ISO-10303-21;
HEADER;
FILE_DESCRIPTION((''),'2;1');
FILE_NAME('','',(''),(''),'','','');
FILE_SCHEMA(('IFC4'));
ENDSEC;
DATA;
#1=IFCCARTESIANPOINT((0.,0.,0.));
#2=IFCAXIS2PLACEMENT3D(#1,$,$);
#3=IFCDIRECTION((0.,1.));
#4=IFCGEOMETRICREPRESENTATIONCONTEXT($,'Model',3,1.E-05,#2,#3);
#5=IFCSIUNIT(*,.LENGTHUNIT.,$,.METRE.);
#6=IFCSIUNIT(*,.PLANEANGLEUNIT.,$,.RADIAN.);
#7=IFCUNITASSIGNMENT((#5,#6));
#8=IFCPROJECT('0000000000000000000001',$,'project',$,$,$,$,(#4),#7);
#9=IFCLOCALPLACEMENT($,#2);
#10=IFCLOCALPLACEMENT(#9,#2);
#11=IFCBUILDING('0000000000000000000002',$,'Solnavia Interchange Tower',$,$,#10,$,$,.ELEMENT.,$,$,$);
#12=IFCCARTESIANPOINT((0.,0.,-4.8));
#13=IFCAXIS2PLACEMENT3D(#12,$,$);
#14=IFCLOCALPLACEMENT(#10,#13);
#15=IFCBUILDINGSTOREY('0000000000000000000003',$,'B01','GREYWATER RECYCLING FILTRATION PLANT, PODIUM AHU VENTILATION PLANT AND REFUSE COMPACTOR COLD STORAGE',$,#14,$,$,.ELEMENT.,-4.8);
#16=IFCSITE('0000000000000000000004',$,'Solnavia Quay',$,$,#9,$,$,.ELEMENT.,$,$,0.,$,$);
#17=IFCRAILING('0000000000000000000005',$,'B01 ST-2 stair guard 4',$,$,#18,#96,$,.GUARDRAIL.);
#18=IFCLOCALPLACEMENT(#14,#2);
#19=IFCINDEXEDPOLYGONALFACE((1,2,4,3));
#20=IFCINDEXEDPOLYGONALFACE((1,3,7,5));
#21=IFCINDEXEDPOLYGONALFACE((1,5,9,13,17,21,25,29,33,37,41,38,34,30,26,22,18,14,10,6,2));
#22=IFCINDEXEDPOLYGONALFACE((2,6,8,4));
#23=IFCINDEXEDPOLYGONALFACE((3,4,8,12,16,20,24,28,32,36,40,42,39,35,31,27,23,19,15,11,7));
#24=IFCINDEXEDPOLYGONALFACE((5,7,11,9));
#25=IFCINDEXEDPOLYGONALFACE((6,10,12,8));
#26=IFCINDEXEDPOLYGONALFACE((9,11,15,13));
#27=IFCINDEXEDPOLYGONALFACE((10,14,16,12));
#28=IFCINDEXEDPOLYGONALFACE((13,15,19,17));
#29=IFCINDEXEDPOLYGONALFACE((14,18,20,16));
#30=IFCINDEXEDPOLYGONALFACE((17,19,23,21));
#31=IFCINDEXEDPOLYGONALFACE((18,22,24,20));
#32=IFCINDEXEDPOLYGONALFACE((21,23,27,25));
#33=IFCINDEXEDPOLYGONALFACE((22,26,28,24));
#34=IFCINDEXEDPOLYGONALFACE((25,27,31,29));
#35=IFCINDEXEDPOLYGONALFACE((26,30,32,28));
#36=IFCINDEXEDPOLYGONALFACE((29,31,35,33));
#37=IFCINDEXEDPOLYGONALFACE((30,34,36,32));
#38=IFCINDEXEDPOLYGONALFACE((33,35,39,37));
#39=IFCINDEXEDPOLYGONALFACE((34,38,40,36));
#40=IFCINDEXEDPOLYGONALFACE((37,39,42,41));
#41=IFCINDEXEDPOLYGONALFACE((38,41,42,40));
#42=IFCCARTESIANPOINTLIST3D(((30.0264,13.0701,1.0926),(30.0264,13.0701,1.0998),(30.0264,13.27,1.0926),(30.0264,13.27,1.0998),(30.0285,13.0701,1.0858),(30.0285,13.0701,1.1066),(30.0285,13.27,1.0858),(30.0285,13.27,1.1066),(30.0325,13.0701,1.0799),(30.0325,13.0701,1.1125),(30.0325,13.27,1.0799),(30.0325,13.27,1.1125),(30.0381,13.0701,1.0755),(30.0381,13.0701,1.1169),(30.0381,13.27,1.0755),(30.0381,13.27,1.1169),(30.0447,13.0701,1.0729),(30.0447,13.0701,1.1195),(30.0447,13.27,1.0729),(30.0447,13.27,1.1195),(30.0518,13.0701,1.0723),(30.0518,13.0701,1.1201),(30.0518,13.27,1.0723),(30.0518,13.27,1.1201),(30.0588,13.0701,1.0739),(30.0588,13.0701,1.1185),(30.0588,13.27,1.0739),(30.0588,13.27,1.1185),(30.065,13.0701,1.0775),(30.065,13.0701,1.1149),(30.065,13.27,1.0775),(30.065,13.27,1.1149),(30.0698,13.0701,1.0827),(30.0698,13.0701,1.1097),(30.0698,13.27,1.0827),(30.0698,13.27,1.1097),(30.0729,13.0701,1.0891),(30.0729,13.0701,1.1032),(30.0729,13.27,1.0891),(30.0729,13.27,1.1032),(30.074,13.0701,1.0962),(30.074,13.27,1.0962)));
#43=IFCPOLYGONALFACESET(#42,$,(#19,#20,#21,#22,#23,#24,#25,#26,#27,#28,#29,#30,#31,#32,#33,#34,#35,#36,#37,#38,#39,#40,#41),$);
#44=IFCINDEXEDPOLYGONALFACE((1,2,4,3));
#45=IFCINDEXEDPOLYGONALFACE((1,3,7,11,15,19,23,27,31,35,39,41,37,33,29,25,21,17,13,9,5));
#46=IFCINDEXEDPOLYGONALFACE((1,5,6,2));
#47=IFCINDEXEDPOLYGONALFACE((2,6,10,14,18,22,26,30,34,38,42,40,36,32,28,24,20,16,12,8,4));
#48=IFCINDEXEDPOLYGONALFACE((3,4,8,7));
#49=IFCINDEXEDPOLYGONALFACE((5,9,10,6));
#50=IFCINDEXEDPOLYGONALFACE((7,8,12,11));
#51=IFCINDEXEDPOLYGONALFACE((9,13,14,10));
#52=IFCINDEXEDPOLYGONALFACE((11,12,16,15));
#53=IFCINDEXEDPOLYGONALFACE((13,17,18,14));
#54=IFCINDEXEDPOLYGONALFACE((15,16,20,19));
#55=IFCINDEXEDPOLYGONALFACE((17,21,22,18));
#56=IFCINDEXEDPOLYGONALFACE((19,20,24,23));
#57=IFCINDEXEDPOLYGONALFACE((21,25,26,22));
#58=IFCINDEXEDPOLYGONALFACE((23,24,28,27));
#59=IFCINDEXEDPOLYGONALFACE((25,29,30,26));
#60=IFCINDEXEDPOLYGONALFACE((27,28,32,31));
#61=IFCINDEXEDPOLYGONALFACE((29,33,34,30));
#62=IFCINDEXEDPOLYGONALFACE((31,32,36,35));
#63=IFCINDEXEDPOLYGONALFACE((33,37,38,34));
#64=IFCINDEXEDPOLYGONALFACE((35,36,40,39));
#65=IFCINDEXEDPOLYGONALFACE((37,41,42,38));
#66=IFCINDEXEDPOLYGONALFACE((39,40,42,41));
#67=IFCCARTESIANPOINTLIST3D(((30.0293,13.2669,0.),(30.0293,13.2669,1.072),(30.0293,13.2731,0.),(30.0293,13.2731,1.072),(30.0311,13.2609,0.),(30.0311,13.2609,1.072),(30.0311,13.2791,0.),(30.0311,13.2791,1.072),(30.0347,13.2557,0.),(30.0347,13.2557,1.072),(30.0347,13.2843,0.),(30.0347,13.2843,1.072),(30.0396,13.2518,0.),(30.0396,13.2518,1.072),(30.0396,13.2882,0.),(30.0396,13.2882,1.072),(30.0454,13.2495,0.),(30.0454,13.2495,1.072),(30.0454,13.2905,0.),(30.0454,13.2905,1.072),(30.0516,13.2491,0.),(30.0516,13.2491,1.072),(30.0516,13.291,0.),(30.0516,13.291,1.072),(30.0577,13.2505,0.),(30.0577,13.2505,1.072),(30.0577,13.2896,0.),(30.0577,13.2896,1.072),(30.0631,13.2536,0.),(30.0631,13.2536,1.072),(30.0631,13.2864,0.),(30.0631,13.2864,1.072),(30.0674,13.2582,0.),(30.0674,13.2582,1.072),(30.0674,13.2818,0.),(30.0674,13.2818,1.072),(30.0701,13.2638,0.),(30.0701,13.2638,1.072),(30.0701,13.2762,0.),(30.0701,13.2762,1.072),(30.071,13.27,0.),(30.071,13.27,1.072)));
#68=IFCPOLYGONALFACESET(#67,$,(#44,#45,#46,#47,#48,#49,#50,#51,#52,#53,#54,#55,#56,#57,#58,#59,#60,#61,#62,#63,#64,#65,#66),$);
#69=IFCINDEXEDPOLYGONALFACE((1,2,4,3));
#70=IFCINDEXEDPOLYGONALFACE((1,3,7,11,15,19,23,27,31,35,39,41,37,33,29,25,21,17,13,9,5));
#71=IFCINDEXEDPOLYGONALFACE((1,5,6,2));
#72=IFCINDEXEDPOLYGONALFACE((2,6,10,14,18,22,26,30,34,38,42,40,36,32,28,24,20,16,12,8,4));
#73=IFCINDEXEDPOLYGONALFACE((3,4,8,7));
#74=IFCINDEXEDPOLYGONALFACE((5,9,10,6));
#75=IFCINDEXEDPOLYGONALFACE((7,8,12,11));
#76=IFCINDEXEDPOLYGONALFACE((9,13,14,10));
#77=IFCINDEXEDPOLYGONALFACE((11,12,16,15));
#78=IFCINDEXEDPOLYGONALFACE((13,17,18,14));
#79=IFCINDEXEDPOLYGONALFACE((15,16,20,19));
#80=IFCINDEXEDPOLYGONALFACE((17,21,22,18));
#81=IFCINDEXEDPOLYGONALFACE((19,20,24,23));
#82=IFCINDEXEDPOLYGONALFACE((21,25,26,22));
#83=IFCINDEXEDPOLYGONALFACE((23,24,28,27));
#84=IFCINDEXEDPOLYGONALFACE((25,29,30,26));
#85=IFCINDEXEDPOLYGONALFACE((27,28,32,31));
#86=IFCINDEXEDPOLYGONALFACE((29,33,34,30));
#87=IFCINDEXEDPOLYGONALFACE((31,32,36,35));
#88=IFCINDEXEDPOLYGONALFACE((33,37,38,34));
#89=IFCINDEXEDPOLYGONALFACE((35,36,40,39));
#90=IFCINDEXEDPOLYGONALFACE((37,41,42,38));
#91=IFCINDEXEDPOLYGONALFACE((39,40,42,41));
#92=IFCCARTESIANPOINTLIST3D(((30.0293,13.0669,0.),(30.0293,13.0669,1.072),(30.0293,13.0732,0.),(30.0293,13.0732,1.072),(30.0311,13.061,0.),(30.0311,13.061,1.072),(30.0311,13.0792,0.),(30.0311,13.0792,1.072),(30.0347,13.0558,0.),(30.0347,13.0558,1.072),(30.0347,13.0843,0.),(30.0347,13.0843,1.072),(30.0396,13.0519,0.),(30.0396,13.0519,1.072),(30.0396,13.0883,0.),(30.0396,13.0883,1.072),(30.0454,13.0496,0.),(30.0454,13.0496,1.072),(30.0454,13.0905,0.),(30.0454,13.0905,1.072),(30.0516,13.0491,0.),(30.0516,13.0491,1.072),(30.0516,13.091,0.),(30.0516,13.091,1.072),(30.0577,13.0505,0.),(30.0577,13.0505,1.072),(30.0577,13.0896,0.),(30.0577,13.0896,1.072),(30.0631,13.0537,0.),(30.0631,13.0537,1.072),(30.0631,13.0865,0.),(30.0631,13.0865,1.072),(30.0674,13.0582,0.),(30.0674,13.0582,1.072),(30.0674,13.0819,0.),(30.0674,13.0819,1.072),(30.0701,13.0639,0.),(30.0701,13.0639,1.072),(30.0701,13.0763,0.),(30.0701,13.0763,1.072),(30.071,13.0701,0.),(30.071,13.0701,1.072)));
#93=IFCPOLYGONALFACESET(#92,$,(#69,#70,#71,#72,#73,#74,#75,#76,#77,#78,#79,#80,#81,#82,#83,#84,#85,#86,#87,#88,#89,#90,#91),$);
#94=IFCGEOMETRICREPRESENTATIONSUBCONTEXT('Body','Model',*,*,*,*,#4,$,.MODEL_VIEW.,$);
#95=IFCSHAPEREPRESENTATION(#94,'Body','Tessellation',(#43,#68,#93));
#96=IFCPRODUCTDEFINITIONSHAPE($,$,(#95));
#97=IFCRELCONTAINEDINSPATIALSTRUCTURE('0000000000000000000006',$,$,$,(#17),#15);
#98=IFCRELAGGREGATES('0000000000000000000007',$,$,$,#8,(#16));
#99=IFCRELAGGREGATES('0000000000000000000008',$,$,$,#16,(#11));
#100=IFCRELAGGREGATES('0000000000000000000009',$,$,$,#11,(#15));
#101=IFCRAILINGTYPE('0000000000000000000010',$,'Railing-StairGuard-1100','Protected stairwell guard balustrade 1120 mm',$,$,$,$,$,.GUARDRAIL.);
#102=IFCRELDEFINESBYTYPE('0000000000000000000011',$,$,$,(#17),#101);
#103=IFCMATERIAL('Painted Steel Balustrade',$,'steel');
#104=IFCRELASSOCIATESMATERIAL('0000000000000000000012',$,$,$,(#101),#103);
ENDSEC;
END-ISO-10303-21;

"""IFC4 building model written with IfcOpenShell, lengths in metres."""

from ifc_helpers import new_model, si_unit, direction, frame, origin, origin_2d, place, context, subcontext, project, spatial, circle, extrude, material, type_object, element, save


model = new_model("IFC4")

# Units and contexts
model_context = context("Model", 3, precision=1e-05, world=origin(), true_north=direction((0.0, 1.0)))
body_context = subcontext(model_context, "Body", "Model", "MODEL_VIEW")
ifc_project = project(units=[si_unit("LENGTHUNIT", "METRE"), si_unit("PLANEANGLEUNIT", "RADIAN")], contexts=[model_context])

# Site, building, storey
site_placement = place(None, origin())
site = spatial("IfcSite", under=ifc_project, at=site_placement, Name="Solnavia Quay", CompositionType="ELEMENT", RefElevation=0.0)
building_placement = place(site_placement, origin())
building = spatial("IfcBuilding", under=site, at=building_placement, Name="Solnavia Interchange Tower", CompositionType="ELEMENT")
storey_placement = place(building_placement, frame((0.0, 0.0, -4.8)))
storey = spatial("IfcBuildingStorey", under=building, at=storey_placement, Name="B01", Description="GREYWATER RECYCLING FILTRATION PLANT, PODIUM AHU VENTILATION PLANT AND REFUSE COMPACTOR COLD STORAGE", CompositionType="ELEMENT", Elevation=-4.8)

# Railing
ifc_material_1 = material(Name="Painted Steel Balustrade", Category="steel")
railing_type_1 = type_object("IfcRailingType", Name="Railing-StairGuard-1100", Description="Protected stairwell guard balustrade 1120 mm", PredefinedType="GUARDRAIL", material=ifc_material_1)
railing_1_placement = place(storey_placement, frame((30.05, 13.27, 0.0)))
element("IfcRailing", 1, at=railing_1_placement, inside=storey, type_object=railing_type_1, Name="B01 ST-2 stair guard 4", PredefinedType="GUARDRAIL", context=body_context, shape_type="SweptSolid", body=[
    extrude(circle(Radius=0.0239, at=origin_2d()), frame((0.0, 0.0, 1.0962), z_axis=(0.0, -1.0, 0.0), x_axis=(1.0, 0.0, 0.0)), (0.0, 0.0, 1.0), 0.2),
    extrude(circle(Radius=0.021, at=origin_2d()), origin(), (0.0, 0.0, 1.0), 1.072),
    extrude(circle(Radius=0.021, at=origin_2d()), frame((0.0, -0.2, 0.0)), (0.0, 0.0, 1.0), 1.072),
])

save(model, "model.ifc")
